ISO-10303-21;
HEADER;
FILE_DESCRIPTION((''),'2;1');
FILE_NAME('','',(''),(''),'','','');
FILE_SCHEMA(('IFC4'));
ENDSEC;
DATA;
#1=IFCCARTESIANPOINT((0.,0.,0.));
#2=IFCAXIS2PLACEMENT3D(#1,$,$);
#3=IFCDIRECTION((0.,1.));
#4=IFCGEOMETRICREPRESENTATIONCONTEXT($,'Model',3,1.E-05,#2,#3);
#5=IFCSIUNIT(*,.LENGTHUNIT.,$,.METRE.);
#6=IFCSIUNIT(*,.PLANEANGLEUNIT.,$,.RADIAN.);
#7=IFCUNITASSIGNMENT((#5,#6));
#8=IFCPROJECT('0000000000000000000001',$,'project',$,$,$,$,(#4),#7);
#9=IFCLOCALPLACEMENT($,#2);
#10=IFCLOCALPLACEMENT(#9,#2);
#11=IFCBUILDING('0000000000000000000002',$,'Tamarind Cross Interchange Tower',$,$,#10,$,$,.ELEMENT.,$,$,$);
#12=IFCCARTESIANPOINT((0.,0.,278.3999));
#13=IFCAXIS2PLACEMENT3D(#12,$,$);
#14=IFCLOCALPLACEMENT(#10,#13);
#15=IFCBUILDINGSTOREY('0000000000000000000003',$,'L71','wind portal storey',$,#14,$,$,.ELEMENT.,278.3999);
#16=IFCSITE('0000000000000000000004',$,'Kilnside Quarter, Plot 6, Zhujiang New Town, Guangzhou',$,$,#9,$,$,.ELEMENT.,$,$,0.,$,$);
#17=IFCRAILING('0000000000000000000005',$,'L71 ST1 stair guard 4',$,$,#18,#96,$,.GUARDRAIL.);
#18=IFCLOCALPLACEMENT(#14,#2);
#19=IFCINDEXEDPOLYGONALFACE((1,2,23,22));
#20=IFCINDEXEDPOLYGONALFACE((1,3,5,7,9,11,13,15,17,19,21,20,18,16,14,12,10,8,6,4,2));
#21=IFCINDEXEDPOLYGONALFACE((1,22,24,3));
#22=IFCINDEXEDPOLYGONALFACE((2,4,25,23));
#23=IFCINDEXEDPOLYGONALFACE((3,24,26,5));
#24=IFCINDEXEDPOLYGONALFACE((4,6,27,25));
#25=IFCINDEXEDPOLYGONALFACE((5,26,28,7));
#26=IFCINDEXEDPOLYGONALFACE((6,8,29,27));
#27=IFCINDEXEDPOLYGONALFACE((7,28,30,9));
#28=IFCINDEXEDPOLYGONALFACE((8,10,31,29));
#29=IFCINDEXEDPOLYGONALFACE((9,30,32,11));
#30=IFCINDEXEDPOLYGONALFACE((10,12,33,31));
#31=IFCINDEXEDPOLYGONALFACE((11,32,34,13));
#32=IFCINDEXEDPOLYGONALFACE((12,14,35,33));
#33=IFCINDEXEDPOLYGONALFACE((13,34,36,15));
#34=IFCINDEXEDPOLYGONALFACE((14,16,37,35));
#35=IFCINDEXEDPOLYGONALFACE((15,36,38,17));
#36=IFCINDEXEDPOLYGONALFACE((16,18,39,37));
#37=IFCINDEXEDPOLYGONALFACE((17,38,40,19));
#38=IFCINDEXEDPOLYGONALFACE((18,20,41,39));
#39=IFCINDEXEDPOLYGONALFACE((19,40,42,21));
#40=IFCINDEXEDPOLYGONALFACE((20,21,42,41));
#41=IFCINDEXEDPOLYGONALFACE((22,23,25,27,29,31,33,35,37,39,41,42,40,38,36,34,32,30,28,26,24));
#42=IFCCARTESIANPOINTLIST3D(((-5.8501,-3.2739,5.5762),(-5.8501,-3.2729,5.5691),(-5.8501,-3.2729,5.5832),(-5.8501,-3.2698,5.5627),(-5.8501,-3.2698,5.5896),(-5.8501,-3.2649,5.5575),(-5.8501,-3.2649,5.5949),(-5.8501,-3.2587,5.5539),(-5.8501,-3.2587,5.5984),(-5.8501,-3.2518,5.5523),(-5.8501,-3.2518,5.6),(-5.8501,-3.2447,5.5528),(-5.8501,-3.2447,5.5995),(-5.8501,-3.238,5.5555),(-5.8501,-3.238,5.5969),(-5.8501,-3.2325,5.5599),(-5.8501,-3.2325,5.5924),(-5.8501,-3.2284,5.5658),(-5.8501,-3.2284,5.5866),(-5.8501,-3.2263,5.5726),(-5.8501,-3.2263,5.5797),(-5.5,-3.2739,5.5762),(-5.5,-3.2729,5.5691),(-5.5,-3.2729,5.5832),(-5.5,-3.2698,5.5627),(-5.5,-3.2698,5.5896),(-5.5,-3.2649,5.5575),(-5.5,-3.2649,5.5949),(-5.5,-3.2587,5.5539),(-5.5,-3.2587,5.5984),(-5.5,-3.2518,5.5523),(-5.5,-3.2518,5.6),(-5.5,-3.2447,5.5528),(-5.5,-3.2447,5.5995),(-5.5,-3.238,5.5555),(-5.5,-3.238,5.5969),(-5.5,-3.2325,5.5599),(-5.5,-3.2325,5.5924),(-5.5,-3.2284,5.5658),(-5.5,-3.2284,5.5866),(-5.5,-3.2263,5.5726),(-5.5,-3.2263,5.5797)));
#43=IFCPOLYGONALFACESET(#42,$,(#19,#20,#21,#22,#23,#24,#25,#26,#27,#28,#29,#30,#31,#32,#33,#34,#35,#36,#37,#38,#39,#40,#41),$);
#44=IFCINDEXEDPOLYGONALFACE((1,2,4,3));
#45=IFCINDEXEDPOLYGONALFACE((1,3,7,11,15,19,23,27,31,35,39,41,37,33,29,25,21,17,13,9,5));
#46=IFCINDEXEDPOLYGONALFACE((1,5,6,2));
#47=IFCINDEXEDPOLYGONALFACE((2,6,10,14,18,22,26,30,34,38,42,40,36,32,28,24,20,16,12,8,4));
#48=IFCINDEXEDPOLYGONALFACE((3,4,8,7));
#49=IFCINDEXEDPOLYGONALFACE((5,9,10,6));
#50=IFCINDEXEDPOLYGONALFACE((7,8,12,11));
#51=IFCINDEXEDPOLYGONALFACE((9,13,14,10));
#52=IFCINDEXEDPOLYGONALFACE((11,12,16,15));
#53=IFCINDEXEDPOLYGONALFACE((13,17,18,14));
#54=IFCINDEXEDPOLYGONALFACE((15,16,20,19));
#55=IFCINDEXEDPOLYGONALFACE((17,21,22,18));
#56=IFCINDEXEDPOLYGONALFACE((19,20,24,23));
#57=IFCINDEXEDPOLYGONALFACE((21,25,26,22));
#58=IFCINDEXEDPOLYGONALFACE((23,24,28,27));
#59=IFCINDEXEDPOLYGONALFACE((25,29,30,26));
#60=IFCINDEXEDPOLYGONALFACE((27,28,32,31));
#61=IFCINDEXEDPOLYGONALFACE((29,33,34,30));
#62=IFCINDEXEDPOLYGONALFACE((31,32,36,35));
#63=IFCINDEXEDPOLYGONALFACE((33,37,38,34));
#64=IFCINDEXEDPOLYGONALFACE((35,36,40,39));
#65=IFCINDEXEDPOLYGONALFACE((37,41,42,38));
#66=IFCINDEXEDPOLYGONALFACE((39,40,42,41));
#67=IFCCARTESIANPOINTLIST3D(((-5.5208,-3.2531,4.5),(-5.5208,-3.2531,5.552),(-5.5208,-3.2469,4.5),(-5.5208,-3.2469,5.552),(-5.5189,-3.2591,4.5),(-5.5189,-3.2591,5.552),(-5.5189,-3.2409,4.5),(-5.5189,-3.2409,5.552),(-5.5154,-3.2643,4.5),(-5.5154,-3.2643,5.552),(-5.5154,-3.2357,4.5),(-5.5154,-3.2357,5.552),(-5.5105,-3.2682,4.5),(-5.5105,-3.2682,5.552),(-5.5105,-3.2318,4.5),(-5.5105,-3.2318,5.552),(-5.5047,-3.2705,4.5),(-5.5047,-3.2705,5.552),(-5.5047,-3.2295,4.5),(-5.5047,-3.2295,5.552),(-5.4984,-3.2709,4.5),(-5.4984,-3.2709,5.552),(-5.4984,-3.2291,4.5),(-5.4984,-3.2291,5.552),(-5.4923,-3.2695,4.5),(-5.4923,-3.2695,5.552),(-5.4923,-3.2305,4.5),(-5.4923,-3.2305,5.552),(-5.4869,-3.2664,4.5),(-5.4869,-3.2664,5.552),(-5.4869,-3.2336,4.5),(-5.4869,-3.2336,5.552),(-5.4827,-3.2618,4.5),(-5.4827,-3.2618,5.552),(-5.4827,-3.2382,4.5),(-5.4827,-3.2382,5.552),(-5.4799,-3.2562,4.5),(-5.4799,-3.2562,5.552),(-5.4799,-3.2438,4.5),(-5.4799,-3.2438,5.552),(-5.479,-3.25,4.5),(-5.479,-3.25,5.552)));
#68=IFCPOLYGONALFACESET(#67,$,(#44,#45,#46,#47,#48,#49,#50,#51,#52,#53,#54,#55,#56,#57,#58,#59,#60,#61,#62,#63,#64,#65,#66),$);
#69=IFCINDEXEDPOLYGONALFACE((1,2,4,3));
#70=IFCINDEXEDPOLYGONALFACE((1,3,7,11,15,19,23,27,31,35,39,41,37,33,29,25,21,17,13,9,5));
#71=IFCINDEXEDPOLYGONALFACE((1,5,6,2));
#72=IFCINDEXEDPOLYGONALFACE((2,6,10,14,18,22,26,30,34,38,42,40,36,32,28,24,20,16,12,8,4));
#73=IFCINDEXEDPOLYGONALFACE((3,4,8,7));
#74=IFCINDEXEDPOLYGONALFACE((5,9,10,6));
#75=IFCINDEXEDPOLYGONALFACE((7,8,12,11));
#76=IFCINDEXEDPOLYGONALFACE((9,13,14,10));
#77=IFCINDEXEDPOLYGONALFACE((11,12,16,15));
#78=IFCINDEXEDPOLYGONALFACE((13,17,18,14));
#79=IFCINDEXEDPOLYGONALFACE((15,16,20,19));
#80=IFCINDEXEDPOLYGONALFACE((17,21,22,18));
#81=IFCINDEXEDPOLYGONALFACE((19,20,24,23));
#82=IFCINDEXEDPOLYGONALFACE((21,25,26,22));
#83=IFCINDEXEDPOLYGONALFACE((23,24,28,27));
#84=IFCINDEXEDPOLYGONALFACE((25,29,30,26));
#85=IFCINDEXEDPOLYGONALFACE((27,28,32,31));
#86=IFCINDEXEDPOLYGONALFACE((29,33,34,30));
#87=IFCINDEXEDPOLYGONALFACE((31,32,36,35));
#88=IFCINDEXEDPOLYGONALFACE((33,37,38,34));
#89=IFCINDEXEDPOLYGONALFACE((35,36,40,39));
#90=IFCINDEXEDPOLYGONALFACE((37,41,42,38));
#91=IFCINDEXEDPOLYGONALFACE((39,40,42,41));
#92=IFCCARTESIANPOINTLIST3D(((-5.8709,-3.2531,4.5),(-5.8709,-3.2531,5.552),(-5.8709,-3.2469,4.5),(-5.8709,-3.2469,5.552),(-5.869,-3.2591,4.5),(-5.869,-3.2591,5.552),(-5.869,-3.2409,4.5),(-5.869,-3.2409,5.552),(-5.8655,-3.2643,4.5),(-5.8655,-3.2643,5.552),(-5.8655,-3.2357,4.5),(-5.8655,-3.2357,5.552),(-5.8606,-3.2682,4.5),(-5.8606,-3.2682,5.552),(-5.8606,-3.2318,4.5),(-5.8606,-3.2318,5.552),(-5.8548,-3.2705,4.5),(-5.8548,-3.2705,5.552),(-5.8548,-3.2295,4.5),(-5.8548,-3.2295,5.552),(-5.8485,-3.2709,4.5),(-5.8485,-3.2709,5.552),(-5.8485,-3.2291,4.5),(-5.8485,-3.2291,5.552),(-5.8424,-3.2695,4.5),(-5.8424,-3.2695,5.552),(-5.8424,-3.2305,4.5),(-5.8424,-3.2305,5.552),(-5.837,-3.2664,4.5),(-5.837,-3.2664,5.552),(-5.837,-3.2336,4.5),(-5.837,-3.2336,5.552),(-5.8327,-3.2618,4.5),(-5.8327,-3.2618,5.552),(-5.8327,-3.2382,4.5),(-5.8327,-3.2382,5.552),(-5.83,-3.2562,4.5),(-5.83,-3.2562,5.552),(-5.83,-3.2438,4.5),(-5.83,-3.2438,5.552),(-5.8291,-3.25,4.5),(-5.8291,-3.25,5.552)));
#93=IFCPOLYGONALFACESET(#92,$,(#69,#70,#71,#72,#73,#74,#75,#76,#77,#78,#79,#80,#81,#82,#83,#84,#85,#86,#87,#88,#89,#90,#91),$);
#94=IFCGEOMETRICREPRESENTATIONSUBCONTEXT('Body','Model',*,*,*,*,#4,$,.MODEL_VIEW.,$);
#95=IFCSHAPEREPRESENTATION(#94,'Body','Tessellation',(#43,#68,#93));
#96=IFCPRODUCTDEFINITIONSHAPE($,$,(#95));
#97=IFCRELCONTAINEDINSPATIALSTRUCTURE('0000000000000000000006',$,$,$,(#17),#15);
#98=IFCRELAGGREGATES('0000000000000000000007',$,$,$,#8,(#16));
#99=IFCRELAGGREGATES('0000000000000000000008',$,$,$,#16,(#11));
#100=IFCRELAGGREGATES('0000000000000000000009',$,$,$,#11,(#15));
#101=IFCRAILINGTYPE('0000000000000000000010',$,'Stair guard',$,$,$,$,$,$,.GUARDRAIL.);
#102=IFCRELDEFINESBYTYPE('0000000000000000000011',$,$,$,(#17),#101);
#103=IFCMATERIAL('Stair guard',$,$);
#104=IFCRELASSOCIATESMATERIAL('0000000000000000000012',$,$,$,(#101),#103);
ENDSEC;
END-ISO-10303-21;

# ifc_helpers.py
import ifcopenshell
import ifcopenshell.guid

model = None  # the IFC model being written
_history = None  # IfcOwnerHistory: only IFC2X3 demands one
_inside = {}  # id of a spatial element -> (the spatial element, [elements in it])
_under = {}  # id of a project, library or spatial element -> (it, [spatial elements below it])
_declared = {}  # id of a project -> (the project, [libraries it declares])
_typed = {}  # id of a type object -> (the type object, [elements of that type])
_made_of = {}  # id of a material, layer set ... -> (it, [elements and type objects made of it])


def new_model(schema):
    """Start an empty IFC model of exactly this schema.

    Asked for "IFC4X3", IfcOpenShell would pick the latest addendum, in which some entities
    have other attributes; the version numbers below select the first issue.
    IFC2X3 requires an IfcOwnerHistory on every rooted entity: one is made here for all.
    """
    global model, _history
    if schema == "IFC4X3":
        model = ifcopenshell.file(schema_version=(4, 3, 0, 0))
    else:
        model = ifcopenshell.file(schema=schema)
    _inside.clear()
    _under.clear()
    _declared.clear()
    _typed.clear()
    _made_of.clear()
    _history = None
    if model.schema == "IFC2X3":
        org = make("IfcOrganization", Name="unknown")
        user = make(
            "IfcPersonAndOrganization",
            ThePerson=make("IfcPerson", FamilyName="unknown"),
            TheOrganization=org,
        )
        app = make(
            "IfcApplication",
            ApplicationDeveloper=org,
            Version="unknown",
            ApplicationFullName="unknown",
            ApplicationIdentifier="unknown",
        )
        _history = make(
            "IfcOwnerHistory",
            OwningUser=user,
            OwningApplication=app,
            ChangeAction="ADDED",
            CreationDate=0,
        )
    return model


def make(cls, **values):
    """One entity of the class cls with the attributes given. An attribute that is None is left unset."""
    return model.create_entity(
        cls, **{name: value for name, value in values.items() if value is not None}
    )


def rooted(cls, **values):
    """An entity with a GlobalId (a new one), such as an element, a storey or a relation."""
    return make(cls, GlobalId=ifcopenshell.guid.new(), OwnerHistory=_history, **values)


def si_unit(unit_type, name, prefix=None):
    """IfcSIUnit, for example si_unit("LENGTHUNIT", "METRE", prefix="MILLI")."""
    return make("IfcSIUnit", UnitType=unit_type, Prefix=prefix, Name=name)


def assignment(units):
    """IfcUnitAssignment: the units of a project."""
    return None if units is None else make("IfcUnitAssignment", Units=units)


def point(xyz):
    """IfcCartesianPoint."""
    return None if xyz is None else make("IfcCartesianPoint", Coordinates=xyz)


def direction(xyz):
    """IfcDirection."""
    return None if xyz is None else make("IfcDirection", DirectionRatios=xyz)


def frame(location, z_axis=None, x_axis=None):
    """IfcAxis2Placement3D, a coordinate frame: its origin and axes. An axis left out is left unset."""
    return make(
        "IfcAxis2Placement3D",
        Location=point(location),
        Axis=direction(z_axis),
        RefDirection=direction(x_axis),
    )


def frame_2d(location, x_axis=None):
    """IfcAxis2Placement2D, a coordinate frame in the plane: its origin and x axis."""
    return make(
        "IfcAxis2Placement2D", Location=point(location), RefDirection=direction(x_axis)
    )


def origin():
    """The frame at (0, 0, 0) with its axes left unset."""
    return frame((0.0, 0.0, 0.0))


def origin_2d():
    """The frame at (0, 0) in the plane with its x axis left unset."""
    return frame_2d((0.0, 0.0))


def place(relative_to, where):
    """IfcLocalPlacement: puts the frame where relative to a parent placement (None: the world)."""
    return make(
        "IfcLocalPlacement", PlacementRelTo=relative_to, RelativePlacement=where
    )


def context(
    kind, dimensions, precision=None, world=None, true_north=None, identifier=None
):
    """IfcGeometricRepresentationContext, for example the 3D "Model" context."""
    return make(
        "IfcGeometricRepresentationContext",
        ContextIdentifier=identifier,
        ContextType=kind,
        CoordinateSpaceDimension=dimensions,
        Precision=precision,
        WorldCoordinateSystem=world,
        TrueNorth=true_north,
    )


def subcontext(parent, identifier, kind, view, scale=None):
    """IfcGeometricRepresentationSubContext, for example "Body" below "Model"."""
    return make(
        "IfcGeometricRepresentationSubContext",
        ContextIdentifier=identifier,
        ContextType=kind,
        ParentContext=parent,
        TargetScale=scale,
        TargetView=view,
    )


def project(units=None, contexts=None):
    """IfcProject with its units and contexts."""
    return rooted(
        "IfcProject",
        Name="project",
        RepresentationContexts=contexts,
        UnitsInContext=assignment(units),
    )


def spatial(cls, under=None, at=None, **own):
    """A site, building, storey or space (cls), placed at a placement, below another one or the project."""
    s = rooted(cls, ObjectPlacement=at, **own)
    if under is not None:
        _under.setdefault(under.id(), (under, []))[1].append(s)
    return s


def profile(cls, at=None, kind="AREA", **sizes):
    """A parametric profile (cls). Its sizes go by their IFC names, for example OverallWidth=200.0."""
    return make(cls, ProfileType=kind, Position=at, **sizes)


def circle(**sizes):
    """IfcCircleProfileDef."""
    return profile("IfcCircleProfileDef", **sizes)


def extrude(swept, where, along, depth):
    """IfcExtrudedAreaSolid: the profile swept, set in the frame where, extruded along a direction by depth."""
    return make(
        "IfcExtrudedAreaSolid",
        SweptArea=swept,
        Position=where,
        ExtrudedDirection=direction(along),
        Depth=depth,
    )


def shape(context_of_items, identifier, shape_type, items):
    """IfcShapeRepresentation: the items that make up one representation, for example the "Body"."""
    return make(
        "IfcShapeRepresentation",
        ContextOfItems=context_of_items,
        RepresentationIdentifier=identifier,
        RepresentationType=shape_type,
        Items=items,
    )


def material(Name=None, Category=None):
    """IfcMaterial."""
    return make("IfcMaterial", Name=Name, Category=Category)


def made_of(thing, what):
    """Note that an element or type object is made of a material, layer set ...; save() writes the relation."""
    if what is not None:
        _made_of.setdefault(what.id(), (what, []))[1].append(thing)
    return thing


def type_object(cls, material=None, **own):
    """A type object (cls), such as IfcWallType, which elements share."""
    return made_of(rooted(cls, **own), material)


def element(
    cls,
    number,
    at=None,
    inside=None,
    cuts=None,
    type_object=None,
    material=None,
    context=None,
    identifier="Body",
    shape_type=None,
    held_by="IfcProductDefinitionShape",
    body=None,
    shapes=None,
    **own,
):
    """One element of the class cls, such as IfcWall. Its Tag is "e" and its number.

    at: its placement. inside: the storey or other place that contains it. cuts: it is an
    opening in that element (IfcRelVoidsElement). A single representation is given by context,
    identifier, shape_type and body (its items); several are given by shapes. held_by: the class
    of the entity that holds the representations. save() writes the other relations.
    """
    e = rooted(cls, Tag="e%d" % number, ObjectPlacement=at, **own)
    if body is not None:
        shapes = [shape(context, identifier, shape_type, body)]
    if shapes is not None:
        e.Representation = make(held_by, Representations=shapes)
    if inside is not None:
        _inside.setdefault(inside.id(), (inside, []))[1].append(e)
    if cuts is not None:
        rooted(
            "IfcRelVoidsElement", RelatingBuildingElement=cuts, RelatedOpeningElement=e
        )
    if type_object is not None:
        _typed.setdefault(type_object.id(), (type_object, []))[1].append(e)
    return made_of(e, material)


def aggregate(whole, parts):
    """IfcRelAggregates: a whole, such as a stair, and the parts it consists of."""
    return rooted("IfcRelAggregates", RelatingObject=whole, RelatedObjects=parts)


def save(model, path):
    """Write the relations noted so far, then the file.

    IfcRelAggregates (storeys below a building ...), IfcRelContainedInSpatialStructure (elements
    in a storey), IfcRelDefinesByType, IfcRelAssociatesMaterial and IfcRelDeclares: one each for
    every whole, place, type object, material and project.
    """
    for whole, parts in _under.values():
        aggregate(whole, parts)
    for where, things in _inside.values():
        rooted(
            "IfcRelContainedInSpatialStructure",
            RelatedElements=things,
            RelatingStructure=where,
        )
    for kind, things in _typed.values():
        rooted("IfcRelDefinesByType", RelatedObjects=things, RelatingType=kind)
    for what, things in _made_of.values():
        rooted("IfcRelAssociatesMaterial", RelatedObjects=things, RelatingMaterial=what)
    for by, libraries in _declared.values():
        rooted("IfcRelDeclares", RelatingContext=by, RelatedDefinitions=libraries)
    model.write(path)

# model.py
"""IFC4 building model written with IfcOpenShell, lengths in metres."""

from ifc_helpers import new_model, si_unit, direction, frame, origin, origin_2d, place, context, subcontext, project, spatial, circle, extrude, material, type_object, element, save


model = new_model("IFC4")

# Units and contexts
model_context = context("Model", 3, precision=1e-05, world=origin(), true_north=direction((0.0, 1.0)))
body_context = subcontext(model_context, "Body", "Model", "MODEL_VIEW")
ifc_project = project(units=[si_unit("LENGTHUNIT", "METRE"), si_unit("PLANEANGLEUNIT", "RADIAN")], contexts=[model_context])

# Site, building, storey
site_placement = place(None, origin())
site = spatial("IfcSite", under=ifc_project, at=site_placement, Name="Kilnside Quarter, Plot 6, Zhujiang New Town, Guangzhou", CompositionType="ELEMENT", RefElevation=0.0)
building_placement = place(site_placement, origin())
building = spatial("IfcBuilding", under=site, at=building_placement, Name="Tamarind Cross Interchange Tower", CompositionType="ELEMENT")
storey_placement = place(building_placement, frame((0.0, 0.0, 278.3999)))
storey = spatial("IfcBuildingStorey", under=building, at=storey_placement, Name="L71", Description="wind portal storey", CompositionType="ELEMENT", Elevation=278.3999)

# Railing
ifc_material_1 = material(Name="Stair guard")
railing_type_1 = type_object("IfcRailingType", Name="Stair guard", PredefinedType="GUARDRAIL", material=ifc_material_1)
railing_1_placement = place(storey_placement, frame((-5.5, -3.25, 4.5)))
element("IfcRailing", 1, at=railing_1_placement, inside=storey, type_object=railing_type_1, Name="L71 ST1 stair guard 4", PredefinedType="GUARDRAIL", context=body_context, shape_type="SweptSolid", body=[
    extrude(circle(Radius=0.0239, at=origin_2d()), frame((0.0, 0.0, 1.0762), z_axis=(-1.0, 0.0, 0.0), x_axis=(0.0, -1.0, 0.0)), (0.0, 0.0, 1.0), 0.3501),
    extrude(circle(Radius=0.021, at=origin_2d()), origin(), (0.0, 0.0, 1.0), 1.052),
    extrude(circle(Radius=0.021, at=origin_2d()), frame((-0.3501, 0.0, 0.0)), (0.0, 0.0, 1.0), 1.052),
])

save(model, "model.ifc")
